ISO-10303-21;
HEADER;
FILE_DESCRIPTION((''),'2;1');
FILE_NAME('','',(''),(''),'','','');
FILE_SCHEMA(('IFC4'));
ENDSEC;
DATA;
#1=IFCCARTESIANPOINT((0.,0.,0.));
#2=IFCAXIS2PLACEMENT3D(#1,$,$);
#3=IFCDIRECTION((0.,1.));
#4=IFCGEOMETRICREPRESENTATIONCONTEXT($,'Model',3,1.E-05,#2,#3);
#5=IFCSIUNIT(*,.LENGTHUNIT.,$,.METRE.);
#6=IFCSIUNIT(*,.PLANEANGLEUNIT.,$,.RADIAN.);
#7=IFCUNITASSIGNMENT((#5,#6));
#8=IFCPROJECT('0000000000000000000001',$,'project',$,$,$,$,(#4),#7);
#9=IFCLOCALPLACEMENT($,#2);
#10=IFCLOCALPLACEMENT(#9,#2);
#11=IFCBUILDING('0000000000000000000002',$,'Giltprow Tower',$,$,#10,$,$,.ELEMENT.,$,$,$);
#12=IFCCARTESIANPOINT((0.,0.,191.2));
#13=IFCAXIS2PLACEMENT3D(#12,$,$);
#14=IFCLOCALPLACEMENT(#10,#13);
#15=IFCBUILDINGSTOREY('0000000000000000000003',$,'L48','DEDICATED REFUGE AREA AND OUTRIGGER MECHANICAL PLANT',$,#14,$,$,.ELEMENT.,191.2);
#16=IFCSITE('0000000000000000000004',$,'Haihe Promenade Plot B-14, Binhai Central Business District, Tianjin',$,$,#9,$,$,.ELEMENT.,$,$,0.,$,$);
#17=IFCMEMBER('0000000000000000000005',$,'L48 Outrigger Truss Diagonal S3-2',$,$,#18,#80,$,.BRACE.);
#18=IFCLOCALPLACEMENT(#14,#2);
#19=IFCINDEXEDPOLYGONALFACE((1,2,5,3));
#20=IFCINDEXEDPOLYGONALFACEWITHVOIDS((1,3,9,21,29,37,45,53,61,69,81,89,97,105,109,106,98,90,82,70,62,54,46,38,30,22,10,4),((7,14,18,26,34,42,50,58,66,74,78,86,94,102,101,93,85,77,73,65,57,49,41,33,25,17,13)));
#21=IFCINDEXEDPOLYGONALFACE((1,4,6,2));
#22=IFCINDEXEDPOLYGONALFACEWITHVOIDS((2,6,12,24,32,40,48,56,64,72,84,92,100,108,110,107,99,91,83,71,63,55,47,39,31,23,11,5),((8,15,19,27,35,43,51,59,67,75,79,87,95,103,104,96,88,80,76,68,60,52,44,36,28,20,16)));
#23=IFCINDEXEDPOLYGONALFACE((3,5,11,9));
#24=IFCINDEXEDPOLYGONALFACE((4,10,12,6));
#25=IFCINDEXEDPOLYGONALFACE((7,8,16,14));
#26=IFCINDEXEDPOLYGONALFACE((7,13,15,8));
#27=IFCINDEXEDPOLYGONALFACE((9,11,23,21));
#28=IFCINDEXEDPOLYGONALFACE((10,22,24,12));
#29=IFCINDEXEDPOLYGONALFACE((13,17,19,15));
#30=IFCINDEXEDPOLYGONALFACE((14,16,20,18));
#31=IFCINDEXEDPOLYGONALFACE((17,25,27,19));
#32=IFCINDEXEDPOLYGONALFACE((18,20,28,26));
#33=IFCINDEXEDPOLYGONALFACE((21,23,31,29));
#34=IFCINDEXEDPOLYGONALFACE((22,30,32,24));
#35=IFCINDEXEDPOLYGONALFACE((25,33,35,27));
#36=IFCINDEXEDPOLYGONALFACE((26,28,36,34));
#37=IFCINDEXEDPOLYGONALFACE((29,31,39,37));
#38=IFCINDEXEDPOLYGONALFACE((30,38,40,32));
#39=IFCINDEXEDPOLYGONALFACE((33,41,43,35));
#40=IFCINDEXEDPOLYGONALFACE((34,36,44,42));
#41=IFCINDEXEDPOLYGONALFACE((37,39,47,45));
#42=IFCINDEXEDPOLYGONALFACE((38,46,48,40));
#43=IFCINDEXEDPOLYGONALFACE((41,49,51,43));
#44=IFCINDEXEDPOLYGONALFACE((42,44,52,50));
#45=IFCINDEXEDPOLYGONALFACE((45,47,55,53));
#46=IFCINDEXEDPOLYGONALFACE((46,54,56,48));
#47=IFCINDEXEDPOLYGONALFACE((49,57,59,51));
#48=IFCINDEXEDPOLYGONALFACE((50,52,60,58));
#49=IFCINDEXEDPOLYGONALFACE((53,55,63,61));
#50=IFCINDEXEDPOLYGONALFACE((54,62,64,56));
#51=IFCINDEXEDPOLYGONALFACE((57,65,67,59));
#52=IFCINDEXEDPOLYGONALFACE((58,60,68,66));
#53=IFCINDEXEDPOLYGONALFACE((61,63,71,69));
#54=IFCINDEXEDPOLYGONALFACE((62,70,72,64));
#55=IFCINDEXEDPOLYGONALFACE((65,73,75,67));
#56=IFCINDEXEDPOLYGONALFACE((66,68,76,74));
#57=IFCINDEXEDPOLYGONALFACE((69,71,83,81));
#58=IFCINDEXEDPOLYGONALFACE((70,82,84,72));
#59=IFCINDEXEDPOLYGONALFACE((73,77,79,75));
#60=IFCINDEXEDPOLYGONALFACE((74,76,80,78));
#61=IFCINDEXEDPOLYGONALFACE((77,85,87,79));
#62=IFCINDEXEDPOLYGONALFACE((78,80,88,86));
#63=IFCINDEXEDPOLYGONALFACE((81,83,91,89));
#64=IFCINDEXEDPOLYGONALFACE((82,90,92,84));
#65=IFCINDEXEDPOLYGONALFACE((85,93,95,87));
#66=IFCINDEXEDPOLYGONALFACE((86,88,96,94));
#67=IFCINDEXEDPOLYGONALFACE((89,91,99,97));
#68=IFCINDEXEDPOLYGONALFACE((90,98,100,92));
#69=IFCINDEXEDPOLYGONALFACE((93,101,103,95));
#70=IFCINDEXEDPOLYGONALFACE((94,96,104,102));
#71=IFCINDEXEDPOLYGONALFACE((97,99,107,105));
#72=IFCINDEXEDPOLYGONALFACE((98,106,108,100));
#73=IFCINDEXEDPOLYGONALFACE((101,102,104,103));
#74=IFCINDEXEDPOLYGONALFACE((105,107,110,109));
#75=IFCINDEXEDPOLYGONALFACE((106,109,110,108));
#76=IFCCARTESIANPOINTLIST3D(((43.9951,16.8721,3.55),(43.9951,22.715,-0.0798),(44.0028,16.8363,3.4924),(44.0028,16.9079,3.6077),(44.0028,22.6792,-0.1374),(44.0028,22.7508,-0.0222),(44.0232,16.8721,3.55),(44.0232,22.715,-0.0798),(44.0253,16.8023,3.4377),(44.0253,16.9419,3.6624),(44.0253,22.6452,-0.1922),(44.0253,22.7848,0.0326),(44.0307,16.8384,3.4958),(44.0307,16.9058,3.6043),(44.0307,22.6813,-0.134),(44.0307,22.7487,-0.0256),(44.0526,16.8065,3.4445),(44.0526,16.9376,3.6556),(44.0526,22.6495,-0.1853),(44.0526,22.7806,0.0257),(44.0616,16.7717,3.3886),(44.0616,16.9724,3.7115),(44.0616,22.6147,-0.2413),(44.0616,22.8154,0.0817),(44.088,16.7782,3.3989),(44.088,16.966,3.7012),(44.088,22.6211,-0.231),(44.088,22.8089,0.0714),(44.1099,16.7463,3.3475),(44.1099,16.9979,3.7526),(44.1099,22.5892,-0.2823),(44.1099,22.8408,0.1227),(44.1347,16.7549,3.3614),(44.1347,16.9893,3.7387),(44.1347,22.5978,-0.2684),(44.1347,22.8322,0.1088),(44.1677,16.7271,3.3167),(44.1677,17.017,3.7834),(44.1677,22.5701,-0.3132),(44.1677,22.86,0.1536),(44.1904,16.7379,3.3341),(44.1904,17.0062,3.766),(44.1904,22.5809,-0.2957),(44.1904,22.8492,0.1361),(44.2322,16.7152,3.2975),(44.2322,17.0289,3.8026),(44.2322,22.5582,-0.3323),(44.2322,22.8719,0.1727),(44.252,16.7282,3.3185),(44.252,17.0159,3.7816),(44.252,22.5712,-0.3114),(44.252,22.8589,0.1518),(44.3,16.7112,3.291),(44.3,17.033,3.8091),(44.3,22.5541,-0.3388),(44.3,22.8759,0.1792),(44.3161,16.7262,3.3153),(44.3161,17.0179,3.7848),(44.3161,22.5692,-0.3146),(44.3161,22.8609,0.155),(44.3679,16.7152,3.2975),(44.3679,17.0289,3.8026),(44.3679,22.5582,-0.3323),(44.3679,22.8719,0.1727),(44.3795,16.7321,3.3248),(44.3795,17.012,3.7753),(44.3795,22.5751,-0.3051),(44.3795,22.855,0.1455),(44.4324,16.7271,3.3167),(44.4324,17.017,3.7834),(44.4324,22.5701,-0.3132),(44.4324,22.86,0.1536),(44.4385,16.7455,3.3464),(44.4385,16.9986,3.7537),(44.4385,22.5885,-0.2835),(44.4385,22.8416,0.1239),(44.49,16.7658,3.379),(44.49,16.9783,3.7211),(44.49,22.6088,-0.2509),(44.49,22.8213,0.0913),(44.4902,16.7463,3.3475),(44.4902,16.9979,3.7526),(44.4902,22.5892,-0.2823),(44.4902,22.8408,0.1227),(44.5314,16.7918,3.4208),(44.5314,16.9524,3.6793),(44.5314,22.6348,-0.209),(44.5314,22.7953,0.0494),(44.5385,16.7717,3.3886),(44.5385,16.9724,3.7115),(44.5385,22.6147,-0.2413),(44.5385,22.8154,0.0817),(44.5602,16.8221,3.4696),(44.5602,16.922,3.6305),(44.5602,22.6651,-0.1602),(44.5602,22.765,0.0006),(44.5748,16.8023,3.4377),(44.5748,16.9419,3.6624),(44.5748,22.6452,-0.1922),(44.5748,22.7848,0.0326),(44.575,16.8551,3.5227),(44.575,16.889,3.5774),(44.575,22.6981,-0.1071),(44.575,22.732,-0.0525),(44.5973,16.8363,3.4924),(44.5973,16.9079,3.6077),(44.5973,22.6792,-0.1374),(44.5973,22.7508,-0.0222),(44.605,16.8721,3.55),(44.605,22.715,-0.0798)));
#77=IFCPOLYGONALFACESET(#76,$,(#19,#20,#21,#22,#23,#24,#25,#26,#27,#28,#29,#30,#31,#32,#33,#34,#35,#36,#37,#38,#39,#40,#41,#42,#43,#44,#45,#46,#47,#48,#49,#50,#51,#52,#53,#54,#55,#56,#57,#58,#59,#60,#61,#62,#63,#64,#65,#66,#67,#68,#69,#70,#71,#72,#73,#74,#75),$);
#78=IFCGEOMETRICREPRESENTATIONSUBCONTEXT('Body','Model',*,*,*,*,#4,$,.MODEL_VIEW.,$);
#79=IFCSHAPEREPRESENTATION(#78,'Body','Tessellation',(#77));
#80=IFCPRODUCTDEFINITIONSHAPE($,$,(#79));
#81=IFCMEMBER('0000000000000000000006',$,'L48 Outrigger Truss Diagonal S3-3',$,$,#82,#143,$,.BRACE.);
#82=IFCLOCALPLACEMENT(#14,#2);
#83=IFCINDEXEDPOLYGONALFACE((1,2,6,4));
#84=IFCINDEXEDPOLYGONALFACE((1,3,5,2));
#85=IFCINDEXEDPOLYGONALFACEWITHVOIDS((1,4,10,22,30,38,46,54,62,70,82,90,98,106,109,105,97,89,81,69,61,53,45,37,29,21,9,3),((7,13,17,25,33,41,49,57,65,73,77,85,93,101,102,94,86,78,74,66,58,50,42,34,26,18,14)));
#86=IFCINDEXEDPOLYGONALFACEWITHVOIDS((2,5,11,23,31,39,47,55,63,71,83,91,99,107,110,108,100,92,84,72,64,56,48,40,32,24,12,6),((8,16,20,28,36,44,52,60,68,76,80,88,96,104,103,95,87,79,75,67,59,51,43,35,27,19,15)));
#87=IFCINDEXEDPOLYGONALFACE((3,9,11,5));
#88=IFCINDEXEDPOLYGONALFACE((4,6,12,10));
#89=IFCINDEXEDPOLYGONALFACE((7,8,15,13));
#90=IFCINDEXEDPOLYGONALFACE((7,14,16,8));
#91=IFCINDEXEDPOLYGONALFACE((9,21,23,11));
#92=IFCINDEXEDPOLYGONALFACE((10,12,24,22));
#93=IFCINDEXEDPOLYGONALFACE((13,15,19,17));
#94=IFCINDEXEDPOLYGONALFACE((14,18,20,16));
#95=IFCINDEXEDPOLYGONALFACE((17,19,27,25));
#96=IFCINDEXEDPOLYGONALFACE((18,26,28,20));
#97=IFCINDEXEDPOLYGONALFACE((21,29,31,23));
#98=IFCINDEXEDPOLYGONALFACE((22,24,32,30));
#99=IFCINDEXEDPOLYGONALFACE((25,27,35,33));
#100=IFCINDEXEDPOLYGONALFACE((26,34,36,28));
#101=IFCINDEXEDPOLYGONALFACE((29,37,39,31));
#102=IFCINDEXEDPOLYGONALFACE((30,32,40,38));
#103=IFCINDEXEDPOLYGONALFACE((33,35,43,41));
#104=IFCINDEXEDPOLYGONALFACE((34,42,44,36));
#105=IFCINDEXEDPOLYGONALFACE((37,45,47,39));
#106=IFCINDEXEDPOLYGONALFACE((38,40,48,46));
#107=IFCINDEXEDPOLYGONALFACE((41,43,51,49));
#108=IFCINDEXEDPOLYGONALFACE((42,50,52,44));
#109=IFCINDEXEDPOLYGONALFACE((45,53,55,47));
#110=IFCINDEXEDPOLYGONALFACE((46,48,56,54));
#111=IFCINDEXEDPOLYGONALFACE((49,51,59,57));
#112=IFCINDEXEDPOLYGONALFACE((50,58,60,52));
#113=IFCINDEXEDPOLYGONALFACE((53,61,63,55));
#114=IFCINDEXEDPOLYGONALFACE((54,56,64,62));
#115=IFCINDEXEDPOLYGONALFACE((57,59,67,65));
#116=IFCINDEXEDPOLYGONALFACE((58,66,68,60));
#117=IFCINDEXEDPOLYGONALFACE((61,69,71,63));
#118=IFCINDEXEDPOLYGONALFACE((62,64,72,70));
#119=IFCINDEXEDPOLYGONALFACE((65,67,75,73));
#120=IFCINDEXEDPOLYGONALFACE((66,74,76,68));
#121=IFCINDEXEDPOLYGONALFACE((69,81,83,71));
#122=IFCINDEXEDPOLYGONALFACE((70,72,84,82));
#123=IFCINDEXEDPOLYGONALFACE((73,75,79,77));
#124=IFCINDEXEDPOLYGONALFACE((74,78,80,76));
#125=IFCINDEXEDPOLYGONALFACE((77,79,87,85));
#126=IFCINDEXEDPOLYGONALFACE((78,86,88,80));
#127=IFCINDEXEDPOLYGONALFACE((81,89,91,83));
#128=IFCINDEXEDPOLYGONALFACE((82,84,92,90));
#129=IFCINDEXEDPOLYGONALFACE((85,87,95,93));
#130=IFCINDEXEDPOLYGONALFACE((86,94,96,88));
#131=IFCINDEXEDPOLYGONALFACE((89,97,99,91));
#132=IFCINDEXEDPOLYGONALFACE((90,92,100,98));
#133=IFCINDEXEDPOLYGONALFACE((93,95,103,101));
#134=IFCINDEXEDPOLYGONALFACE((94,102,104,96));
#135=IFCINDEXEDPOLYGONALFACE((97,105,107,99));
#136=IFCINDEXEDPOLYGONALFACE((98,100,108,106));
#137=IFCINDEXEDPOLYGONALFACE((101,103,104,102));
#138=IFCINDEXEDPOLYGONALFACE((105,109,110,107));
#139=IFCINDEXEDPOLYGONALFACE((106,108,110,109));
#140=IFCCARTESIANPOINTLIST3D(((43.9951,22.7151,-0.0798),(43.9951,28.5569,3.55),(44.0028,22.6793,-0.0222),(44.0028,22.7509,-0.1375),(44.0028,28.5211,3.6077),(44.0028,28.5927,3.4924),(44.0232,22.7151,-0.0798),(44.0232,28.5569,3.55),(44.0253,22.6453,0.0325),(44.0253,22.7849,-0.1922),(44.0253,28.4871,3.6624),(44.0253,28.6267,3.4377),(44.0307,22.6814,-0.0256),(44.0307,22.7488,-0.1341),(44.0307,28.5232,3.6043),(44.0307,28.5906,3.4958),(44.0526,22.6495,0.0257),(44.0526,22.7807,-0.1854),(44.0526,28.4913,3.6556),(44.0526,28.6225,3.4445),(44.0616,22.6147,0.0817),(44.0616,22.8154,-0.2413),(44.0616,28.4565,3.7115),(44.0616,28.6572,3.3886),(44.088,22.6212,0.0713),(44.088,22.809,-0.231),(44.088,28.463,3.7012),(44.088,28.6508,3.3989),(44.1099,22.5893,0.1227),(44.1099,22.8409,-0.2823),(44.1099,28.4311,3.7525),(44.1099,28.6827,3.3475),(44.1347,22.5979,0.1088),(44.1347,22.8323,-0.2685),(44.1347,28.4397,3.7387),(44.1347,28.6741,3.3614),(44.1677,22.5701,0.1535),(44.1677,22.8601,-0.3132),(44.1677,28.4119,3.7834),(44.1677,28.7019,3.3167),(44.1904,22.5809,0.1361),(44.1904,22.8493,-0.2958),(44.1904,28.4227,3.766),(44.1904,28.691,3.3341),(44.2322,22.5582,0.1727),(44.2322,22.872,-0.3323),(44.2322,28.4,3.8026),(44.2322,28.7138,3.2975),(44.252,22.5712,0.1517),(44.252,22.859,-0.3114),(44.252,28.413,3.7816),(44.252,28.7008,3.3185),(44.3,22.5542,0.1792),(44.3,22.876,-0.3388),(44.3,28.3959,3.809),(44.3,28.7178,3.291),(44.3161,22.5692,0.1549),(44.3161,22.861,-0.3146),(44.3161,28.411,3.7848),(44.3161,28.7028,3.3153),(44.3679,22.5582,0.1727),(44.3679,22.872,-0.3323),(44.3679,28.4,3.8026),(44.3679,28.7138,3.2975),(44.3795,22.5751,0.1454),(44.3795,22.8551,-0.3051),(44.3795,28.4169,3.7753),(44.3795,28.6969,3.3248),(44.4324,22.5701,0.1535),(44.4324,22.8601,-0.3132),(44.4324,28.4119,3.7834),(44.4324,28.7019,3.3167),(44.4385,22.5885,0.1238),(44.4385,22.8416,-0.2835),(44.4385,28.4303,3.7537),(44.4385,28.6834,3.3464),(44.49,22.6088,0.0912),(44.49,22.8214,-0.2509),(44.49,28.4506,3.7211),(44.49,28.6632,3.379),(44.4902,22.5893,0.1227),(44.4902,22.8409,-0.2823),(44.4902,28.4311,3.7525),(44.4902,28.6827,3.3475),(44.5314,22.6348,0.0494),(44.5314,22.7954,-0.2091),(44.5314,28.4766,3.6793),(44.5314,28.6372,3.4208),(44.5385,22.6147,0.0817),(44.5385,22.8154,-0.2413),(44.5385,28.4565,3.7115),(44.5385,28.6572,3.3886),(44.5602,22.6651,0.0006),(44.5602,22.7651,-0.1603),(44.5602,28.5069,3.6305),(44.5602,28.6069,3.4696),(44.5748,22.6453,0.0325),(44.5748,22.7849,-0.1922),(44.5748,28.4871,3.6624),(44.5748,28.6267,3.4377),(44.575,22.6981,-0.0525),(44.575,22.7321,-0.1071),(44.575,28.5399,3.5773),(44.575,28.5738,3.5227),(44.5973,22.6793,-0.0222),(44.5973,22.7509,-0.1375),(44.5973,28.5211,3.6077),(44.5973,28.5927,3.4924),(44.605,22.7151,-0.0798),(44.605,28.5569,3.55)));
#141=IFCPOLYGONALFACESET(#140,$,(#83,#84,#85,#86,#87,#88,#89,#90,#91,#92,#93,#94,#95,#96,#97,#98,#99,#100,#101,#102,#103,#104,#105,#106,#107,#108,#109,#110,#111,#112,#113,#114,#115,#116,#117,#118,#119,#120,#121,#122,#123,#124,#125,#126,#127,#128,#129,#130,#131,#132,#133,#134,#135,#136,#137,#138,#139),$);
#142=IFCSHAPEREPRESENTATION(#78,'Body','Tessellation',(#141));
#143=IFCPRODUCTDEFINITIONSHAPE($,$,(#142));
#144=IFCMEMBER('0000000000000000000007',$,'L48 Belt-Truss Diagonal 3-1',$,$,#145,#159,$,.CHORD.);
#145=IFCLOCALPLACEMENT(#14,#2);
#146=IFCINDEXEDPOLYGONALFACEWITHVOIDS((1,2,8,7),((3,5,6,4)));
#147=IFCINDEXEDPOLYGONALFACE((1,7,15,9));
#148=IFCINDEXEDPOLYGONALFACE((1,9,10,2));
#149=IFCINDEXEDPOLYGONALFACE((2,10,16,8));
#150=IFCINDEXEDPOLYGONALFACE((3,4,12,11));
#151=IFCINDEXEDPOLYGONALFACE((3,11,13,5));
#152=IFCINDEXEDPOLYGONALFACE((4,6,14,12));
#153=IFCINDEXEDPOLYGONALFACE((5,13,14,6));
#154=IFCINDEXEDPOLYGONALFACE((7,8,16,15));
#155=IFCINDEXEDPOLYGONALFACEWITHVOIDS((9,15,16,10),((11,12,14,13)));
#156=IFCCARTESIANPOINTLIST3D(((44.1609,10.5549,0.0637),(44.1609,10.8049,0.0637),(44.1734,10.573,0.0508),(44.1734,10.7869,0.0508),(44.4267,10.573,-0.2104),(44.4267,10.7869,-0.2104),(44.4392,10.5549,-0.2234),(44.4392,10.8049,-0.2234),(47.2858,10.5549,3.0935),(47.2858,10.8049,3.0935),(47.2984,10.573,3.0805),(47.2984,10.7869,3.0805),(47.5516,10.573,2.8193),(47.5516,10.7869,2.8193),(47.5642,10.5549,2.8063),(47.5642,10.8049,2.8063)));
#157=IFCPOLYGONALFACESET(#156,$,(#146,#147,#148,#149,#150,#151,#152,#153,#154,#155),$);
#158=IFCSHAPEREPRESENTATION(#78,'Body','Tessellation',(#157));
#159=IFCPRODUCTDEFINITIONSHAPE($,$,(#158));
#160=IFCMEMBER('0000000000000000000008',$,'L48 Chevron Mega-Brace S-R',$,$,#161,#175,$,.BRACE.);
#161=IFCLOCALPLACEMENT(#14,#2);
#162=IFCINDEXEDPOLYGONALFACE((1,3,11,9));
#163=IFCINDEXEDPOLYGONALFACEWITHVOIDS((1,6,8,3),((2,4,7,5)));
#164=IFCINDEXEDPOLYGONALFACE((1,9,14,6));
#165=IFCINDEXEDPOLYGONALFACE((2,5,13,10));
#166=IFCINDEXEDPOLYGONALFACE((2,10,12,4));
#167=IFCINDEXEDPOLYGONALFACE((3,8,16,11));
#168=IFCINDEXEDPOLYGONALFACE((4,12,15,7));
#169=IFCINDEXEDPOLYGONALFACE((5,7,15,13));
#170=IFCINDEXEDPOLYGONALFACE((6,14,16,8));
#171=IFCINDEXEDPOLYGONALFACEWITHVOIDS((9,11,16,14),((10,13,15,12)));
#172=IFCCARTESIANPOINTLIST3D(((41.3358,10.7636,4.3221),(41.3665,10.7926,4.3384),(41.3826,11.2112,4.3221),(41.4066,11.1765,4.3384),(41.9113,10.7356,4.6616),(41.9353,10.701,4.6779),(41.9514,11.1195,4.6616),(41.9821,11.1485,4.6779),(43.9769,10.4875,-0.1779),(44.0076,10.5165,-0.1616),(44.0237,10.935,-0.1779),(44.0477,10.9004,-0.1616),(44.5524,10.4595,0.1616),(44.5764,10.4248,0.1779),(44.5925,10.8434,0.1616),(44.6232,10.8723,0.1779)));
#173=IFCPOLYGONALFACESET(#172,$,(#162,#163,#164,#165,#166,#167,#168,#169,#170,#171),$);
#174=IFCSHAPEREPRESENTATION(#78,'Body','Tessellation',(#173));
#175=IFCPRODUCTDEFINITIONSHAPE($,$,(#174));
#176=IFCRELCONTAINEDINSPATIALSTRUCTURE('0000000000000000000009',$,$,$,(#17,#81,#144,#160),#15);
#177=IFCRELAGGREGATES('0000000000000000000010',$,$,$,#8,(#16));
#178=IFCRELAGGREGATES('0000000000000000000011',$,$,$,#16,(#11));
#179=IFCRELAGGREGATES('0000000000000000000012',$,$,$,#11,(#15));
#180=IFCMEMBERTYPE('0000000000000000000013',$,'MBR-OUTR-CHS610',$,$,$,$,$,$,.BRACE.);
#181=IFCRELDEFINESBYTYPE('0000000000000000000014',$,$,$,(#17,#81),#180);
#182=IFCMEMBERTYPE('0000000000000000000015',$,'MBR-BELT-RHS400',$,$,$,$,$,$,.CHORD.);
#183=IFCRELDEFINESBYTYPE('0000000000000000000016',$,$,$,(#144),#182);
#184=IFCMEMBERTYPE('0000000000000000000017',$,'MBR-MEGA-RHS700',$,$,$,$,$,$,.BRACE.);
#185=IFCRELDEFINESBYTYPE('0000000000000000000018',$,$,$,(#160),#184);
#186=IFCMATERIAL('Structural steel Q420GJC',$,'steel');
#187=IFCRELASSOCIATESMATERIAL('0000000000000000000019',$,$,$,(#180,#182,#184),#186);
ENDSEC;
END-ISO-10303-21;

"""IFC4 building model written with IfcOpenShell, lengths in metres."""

from ifc_helpers import new_model, si_unit, direction, frame, origin, origin_2d, place, context, subcontext, project, spatial, hollow_rectangle, hollow_circle, extrude, source, transform, mapped, material, material_profile, profile_set, type_object, element, save


model = new_model("IFC4")

# Units and contexts
model_context = context("Model", 3, precision=1e-05, world=origin(), true_north=direction((0.0, 1.0)))
body_context = subcontext(model_context, "Body", "Model", "MODEL_VIEW")
ifc_project = project(units=[si_unit("LENGTHUNIT", "METRE"), si_unit("PLANEANGLEUNIT", "RADIAN")], contexts=[model_context])

# Site, building, storey
site_placement = place(None, origin())
site = spatial("IfcSite", under=ifc_project, at=site_placement, Name="Haihe Promenade Plot B-14, Binhai Central Business District, Tianjin", CompositionType="ELEMENT", RefElevation=0.0)
building_placement = place(site_placement, origin())
building = spatial("IfcBuilding", under=site, at=building_placement, Name="Giltprow Tower", CompositionType="ELEMENT")
storey_placement = place(building_placement, frame((0.0, 0.0, 191.2)))
storey = spatial("IfcBuildingStorey", under=building, at=storey_placement, Name="L48", Description="DEDICATED REFUGE AREA AND OUTRIGGER MECHANICAL PLANT", CompositionType="ELEMENT", Elevation=191.2)

# Shared definitions
ifc_material_1 = material(Name="Structural steel Q420GJC", Category="steel")

# Members
ifc_material_profile_1 = material_profile(ifc_material_1, hollow_circle(Radius=0.3049, WallThickness=0.0281, at=origin_2d()), Name="CHS 610x28")
ifc_profile_set_1 = profile_set([ifc_material_profile_1], Name="Structural steel Q420GJC")
member_type_1 = type_object("IfcMemberType", Name="MBR-OUTR-CHS610", PredefinedType="BRACE", material=ifc_profile_set_1)
shared_shape_1 = source(origin(), body_context, "Body", "SweptSolid", [
    extrude(hollow_circle(Radius=0.3049, WallThickness=0.0281, at=origin_2d()), origin(), (0.0, 0.0, 1.0), 6.8787),
])
member_1_placement = place(storey_placement, frame((44.3, 16.8721, 3.55), z_axis=(0.0, 0.849433, -0.527697), x_axis=(-1.0, 0.0, 0.0)))
element("IfcMember", 1, at=member_1_placement, inside=storey, type_object=member_type_1, Name="L48 Outrigger Truss Diagonal S3-2", PredefinedType="BRACE", context=body_context, shape_type="MappedRepresentation", body=[
    mapped(shared_shape_1, transform((0.0, 0.0, 0.0), x_axis=(1.0, 0.0, 0.0), y_axis=(0.0, 1.0, 0.0), z_axis=(0.0, 0.0, 1.0), scale=1.0)),
])
shared_shape_2 = source(origin(), body_context, "Body", "SweptSolid", [
    extrude(hollow_circle(Radius=0.3049, WallThickness=0.0281, at=origin_2d()), origin(), (0.0, 0.0, 1.0), 6.8777),
])
member_2_placement = place(storey_placement, frame((44.3, 22.7151, -0.0798), z_axis=(0.0, 0.849383, 0.527776), x_axis=(-1.0, 0.0, 0.0)))
element("IfcMember", 2, at=member_2_placement, inside=storey, type_object=member_type_1, Name="L48 Outrigger Truss Diagonal S3-3", PredefinedType="BRACE", context=body_context, shape_type="MappedRepresentation", body=[
    mapped(shared_shape_2, transform((0.0, 0.0, 0.0), x_axis=(1.0, 0.0, 0.0), y_axis=(0.0, 1.0, 0.0), z_axis=(0.0, 0.0, 1.0), scale=1.0)),
])
ifc_material_profile_2 = material_profile(ifc_material_1, hollow_rectangle(XDim=0.25, YDim=0.3999, WallThickness=0.0181, at=origin_2d()), Name="RHS 400x250x18")
ifc_profile_set_2 = profile_set([ifc_material_profile_2], Name="Structural steel Q420GJC")
member_type_2 = type_object("IfcMemberType", Name="MBR-BELT-RHS400", PredefinedType="CHORD", material=ifc_profile_set_2)
shared_shape_3 = source(origin(), body_context, "Body", "SweptSolid", [
    extrude(hollow_rectangle(XDim=0.25, YDim=0.3999, WallThickness=0.0181, at=origin_2d()), origin(), (0.0, 0.0, 1.0), 4.3525),
])
member_3_placement = place(storey_placement, frame((44.3, 10.6799, -0.0798), z_axis=(0.71796, 0.0, 0.696085), x_axis=(0.0, 1.0, 0.0)))
element("IfcMember", 3, at=member_3_placement, inside=storey, type_object=member_type_2, Name="L48 Belt-Truss Diagonal 3-1", PredefinedType="CHORD", context=body_context, shape_type="MappedRepresentation", body=[
    mapped(shared_shape_3, transform((0.0, 0.0, 0.0), x_axis=(1.0, 0.0, 0.0), y_axis=(0.0, 1.0, 0.0), z_axis=(0.0, 0.0, 1.0), scale=1.0)),
])
ifc_material_profile_3 = material_profile(ifc_material_1, hollow_rectangle(XDim=0.45, YDim=0.7, WallThickness=0.032, at=origin_2d()), Name="RHS 700x450x32")
ifc_profile_set_3 = profile_set([ifc_material_profile_3], Name="Structural steel Q420GJC")
member_type_3 = type_object("IfcMemberType", Name="MBR-MEGA-RHS700", PredefinedType="BRACE", material=ifc_profile_set_3)
shared_shape_4 = source(origin(), body_context, "Body", "SweptSolid", [
    extrude(hollow_rectangle(XDim=0.45, YDim=0.7, WallThickness=0.032, at=origin_2d()), origin(), (0.0, 0.0, 1.0), 5.2251),
])
member_4_placement = place(storey_placement, frame((44.3, 10.6799, 0.0), z_axis=(-0.505466, 0.052845, 0.861227), x_axis=(-0.103981, -0.994579, 0.0)))
element("IfcMember", 4, at=member_4_placement, inside=storey, type_object=member_type_3, Name="L48 Chevron Mega-Brace S-R", PredefinedType="BRACE", context=body_context, shape_type="MappedRepresentation", body=[
    mapped(shared_shape_4, transform((0.0, 0.0, 0.0), x_axis=(1.0, 0.0, 0.0), y_axis=(0.0, 1.0, 0.0), z_axis=(0.0, 0.0, 1.0), scale=1.0)),
])

save(model, "model.ifc")
